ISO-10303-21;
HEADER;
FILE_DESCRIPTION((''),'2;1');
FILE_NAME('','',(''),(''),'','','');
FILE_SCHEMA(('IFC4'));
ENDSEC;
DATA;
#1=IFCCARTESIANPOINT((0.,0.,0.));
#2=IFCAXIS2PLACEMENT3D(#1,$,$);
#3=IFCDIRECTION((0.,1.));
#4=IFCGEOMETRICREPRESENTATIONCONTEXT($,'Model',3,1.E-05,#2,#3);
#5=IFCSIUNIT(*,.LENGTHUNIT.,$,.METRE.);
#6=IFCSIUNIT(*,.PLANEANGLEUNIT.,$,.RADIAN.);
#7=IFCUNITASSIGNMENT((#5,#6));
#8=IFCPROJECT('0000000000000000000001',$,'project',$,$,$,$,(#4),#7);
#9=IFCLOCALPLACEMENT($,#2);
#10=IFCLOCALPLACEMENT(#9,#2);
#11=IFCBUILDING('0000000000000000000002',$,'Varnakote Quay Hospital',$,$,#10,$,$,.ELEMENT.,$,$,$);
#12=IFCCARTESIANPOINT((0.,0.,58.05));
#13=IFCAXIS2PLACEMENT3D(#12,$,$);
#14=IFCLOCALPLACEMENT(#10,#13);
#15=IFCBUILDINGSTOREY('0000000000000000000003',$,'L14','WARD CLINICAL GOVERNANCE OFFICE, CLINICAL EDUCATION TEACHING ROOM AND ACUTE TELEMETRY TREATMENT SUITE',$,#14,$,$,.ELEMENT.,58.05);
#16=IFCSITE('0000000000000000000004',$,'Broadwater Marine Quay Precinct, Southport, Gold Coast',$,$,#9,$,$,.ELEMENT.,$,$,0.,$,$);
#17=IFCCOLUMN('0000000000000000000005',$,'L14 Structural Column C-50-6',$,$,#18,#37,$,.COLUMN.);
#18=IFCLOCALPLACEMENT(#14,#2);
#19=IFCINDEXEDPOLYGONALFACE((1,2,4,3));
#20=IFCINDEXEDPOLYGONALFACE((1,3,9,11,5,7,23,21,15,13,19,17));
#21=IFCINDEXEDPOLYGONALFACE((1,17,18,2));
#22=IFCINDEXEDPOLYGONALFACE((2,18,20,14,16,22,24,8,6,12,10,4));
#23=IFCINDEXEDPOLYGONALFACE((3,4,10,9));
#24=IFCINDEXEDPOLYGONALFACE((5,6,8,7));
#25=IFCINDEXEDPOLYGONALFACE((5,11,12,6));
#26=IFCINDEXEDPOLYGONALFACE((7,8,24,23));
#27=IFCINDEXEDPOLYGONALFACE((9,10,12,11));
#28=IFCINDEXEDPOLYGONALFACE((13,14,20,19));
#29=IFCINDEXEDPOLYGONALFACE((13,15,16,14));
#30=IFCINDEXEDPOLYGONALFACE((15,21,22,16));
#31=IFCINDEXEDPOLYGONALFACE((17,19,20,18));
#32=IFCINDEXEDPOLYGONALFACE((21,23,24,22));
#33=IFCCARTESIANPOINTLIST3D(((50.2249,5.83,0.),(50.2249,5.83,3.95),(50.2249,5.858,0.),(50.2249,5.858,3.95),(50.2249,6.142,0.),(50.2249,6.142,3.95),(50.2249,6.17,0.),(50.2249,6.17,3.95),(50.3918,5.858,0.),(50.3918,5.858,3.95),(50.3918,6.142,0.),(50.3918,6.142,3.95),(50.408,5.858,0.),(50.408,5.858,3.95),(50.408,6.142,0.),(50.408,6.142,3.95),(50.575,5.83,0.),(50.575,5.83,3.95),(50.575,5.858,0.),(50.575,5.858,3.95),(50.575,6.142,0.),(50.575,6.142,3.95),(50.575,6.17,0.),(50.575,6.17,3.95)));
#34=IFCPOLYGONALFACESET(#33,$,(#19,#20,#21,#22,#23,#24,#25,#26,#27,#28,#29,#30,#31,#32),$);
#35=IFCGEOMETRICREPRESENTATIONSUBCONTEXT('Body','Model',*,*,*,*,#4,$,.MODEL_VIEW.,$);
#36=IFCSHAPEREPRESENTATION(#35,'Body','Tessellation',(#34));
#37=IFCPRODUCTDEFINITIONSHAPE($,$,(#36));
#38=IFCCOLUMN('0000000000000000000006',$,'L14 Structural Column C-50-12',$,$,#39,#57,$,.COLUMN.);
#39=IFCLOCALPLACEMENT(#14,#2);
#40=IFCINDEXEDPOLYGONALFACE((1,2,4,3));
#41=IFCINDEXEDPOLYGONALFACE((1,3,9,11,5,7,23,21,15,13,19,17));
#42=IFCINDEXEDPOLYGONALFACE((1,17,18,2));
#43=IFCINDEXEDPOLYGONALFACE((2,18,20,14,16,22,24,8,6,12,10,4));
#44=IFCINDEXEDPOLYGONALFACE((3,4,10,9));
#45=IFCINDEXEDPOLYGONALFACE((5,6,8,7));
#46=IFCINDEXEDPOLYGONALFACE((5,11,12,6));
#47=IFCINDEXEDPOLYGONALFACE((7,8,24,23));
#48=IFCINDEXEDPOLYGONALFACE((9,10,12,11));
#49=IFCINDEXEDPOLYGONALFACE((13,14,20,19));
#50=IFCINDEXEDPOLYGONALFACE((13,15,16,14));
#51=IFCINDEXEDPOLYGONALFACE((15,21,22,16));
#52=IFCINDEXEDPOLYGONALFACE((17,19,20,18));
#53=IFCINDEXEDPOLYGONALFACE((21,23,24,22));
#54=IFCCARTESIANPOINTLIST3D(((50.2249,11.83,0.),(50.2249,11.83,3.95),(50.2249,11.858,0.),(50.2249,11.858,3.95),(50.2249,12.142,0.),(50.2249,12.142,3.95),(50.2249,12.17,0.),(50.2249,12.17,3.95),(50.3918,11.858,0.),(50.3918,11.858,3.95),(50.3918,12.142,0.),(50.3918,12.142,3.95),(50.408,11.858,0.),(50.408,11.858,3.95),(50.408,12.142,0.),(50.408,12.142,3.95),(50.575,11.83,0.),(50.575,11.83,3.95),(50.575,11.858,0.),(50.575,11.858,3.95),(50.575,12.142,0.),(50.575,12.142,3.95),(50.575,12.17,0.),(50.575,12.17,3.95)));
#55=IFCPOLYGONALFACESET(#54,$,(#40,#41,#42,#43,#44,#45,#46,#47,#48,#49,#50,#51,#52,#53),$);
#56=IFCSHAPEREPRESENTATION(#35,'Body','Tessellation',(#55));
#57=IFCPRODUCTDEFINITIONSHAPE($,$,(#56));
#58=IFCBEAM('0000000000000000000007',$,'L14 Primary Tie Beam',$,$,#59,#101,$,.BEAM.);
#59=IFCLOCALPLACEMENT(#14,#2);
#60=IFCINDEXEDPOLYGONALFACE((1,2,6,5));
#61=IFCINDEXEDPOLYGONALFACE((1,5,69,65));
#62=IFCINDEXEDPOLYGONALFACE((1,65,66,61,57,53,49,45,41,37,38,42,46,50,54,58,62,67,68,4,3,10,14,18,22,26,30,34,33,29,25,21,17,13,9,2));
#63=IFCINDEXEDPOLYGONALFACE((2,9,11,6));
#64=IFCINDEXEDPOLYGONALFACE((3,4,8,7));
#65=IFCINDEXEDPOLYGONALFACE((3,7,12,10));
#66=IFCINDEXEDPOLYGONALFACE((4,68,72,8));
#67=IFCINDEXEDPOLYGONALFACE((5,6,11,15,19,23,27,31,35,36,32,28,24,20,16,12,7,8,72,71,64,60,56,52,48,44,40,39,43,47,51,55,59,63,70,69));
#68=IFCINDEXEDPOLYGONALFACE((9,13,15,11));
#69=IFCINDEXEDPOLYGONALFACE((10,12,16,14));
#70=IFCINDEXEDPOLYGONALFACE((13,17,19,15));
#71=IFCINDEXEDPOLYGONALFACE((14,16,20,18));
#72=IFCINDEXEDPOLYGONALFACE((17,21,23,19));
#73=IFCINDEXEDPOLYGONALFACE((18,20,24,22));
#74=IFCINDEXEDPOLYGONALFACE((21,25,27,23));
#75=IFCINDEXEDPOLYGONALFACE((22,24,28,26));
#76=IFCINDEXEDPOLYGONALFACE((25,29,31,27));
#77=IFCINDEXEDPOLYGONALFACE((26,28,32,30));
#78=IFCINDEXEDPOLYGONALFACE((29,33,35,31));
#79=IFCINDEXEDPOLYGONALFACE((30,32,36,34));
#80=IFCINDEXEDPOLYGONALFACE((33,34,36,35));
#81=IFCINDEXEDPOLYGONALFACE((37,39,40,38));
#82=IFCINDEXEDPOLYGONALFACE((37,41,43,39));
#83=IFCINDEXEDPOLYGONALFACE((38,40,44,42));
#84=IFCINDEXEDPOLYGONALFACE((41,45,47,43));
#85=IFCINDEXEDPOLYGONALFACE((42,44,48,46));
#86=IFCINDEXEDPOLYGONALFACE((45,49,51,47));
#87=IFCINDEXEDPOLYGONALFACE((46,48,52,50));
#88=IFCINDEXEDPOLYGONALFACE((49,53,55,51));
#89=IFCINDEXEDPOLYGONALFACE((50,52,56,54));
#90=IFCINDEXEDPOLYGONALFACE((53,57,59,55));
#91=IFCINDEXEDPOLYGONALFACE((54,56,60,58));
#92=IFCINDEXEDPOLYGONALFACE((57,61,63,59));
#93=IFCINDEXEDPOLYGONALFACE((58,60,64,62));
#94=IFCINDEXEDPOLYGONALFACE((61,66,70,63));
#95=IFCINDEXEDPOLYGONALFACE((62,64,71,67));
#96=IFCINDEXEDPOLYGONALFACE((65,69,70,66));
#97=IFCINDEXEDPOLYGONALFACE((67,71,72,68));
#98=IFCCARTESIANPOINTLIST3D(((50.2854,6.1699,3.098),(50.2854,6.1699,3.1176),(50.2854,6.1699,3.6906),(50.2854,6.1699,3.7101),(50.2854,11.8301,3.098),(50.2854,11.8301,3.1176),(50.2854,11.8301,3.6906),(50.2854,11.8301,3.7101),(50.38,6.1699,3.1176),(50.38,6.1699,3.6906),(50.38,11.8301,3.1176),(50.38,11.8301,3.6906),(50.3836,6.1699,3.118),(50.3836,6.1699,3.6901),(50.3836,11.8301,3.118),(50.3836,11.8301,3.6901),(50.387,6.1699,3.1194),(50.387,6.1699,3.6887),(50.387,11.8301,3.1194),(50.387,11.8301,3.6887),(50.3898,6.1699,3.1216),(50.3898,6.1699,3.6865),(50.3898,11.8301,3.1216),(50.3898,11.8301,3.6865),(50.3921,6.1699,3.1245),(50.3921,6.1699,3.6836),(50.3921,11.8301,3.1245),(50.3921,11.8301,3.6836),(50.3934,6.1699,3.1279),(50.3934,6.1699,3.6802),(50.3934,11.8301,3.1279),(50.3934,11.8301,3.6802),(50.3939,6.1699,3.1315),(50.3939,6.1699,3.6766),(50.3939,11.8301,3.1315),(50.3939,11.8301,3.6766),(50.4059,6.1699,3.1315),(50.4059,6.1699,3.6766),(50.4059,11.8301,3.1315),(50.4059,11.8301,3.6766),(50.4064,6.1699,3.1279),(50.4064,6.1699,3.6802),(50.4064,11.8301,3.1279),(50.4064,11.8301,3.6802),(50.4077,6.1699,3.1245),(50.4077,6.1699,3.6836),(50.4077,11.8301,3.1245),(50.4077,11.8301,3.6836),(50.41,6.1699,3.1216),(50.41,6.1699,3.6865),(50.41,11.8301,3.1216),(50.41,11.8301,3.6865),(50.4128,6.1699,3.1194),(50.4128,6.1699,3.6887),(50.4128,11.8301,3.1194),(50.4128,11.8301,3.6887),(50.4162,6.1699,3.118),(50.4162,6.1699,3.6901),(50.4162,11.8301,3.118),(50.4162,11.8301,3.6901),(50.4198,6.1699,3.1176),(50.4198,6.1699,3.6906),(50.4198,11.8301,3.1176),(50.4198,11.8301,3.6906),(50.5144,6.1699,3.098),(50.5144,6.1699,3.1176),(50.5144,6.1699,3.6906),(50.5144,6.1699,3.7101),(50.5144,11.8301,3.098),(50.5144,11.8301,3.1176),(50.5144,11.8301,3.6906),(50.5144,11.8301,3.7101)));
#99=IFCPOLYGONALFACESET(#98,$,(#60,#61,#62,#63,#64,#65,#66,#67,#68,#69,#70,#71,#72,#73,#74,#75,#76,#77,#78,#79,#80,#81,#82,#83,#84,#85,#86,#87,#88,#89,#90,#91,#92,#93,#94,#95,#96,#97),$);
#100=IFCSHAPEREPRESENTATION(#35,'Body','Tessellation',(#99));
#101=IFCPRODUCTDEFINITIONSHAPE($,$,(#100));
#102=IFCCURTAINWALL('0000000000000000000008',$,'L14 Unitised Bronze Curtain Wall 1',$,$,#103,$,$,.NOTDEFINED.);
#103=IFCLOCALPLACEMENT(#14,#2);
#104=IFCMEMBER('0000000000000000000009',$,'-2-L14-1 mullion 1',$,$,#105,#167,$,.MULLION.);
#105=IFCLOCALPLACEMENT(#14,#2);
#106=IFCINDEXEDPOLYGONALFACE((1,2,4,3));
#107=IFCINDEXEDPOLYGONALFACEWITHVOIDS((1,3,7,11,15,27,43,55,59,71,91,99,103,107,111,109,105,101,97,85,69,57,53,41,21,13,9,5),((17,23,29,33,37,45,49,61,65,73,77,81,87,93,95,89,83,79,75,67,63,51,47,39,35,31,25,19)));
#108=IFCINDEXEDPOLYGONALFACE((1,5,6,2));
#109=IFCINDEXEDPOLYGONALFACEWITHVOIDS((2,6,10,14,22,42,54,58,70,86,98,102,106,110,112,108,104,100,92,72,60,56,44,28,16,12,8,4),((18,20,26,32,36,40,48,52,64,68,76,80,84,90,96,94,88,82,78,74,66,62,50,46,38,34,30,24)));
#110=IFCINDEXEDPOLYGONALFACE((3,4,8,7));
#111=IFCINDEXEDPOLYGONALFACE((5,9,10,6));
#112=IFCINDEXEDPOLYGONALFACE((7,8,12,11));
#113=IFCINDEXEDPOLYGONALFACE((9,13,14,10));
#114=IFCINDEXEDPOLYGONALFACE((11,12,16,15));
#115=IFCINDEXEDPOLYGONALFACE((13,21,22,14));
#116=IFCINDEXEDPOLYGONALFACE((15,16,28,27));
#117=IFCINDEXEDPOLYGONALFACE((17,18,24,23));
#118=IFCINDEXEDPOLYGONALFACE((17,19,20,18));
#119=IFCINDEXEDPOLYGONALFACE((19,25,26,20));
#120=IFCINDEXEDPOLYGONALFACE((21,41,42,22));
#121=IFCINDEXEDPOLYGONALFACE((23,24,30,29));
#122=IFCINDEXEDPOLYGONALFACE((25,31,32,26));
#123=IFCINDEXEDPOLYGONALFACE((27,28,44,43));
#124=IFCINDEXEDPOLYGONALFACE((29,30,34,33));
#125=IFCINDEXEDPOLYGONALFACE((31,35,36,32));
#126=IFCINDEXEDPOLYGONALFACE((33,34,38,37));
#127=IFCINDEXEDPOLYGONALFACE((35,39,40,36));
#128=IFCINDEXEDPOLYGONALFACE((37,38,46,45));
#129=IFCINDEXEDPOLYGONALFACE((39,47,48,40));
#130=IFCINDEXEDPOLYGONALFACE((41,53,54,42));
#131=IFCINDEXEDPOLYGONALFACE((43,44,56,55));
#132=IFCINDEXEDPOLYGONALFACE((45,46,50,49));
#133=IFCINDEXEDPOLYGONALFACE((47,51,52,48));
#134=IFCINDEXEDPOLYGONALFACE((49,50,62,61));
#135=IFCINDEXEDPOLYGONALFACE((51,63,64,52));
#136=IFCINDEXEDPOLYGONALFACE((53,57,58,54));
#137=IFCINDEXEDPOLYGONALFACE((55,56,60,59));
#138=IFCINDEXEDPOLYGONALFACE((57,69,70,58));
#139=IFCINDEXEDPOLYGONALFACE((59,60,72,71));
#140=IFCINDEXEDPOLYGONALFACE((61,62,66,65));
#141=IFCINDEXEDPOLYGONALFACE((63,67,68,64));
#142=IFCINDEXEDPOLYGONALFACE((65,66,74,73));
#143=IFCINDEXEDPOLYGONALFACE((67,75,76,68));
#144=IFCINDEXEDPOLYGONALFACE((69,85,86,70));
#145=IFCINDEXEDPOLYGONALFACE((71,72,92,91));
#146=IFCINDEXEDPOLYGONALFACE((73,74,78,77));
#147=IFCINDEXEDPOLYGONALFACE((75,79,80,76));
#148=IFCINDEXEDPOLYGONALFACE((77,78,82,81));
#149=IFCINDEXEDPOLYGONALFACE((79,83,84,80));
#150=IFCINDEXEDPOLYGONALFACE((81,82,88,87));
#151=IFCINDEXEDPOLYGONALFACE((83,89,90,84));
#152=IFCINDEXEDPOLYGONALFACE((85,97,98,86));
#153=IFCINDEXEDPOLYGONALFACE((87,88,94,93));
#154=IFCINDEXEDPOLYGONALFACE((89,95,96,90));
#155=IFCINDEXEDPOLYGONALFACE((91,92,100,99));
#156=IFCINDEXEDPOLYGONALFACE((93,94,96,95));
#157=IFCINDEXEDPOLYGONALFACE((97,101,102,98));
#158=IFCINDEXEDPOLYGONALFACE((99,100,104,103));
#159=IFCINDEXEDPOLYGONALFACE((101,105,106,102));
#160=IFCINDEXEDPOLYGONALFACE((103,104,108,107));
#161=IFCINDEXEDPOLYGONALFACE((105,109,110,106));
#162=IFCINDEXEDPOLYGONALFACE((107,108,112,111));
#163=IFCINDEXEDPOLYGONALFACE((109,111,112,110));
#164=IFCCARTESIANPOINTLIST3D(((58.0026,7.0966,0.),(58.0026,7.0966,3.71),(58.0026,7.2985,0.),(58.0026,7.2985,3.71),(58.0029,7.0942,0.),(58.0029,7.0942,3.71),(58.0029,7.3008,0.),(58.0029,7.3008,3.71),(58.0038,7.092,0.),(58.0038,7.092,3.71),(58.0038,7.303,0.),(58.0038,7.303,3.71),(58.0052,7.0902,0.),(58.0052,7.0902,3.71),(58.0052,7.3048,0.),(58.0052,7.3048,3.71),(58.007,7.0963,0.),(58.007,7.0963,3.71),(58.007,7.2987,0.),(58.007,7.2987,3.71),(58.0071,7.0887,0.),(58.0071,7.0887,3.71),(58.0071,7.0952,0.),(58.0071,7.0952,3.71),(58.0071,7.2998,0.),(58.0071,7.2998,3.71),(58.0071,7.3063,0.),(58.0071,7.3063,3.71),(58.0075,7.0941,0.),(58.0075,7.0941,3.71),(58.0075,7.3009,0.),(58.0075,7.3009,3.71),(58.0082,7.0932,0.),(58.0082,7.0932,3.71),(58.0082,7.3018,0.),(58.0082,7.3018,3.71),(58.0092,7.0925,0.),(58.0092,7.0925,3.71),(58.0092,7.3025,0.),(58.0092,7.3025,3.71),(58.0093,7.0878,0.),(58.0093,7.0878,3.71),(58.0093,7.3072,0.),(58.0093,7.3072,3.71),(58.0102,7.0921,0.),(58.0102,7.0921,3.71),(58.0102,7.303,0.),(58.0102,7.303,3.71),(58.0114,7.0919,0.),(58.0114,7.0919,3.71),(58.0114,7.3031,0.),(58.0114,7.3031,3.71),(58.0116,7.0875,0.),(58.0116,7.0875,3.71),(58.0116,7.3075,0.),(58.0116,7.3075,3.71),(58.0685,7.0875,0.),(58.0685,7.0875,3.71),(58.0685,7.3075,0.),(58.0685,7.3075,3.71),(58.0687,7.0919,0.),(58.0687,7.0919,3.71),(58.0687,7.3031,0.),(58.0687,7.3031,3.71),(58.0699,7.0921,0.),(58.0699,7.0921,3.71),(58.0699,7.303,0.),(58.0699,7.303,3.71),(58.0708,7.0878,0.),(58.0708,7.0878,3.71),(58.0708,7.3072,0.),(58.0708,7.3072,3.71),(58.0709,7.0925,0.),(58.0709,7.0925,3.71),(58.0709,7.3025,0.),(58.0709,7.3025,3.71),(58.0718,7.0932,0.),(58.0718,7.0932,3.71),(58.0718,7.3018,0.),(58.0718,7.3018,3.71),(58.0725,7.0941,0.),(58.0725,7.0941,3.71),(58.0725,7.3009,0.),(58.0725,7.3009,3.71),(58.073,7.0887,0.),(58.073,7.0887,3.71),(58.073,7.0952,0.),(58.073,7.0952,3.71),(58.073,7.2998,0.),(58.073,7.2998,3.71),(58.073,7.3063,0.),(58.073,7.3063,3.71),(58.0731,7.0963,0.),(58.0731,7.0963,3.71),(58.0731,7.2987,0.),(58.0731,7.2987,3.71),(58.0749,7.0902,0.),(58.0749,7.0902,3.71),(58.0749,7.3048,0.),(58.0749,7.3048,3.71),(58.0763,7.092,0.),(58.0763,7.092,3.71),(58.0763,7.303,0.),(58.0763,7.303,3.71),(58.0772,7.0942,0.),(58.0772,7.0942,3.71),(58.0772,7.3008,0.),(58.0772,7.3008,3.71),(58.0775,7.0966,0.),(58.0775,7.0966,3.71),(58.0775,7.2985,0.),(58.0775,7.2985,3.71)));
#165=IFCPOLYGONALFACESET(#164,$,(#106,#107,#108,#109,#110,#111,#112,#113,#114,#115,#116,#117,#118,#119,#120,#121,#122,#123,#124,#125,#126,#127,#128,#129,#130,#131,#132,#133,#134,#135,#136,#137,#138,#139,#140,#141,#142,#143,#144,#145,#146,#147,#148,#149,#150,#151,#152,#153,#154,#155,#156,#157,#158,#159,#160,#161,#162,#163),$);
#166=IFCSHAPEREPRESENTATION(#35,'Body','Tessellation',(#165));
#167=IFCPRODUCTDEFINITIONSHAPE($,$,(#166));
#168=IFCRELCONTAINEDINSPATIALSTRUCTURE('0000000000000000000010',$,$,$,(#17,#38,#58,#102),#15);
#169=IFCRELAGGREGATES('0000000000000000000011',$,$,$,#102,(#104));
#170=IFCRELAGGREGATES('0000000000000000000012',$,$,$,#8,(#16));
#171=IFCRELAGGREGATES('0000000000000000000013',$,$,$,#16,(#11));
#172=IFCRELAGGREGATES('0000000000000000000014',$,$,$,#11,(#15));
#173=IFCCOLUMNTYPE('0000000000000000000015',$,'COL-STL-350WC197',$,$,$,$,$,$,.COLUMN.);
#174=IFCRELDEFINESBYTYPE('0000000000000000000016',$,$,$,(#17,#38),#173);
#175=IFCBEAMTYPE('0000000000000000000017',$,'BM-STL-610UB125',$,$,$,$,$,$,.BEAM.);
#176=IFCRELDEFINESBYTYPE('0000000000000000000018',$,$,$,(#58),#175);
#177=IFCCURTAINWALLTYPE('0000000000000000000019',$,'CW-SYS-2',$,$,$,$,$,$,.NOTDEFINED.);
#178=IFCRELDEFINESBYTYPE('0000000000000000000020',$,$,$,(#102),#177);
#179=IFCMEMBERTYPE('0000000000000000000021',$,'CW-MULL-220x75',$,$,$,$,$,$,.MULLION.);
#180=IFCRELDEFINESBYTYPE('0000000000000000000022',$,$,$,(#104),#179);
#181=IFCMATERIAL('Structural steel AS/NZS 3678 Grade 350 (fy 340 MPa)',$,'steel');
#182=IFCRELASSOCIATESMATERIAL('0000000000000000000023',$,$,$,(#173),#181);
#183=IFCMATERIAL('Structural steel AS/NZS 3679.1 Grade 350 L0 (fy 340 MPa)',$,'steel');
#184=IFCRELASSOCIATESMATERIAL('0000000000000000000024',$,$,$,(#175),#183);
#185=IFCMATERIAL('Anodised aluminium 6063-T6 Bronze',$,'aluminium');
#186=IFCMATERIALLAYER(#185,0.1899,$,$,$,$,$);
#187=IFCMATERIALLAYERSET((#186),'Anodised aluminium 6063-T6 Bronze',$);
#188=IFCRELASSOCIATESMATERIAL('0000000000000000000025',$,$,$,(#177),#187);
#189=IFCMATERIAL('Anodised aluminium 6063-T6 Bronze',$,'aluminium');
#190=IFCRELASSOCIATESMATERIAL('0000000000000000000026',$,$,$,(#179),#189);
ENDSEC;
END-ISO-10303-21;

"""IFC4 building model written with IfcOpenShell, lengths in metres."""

from ifc_helpers import new_model, si_unit, direction, frame, origin, origin_2d, place, context, subcontext, project, spatial, hollow_rectangle, i_section, extrude, material, layer, layer_set, material_profile, profile_set, type_object, element, aggregate, save


model = new_model("IFC4")

# Units and contexts
model_context = context("Model", 3, precision=1e-05, world=origin(), true_north=direction((0.0, 1.0)))
body_context = subcontext(model_context, "Body", "Model", "MODEL_VIEW")
ifc_project = project(units=[si_unit("LENGTHUNIT", "METRE"), si_unit("PLANEANGLEUNIT", "RADIAN")], contexts=[model_context])

# Site, building, storey
site_placement = place(None, origin())
site = spatial("IfcSite", under=ifc_project, at=site_placement, Name="Broadwater Marine Quay Precinct, Southport, Gold Coast", CompositionType="ELEMENT", RefElevation=0.0)
building_placement = place(site_placement, origin())
building = spatial("IfcBuilding", under=site, at=building_placement, Name="Varnakote Quay Hospital", CompositionType="ELEMENT")
storey_placement = place(building_placement, frame((0.0, 0.0, 58.05)))
storey = spatial("IfcBuildingStorey", under=building, at=storey_placement, Name="L14", Description="WARD CLINICAL GOVERNANCE OFFICE, CLINICAL EDUCATION TEACHING ROOM AND ACUTE TELEMETRY TREATMENT SUITE", CompositionType="ELEMENT", Elevation=58.05)

# Columns
ifc_material_1 = material(Name="Structural steel AS/NZS 3678 Grade 350 (fy 340 MPa)", Category="steel")
ifc_material_profile_1 = material_profile(ifc_material_1, i_section(OverallWidth=0.3501, OverallDepth=0.3401, WebThickness=0.0161, FlangeThickness=0.0281, at=origin_2d()), Name="350WC197")
ifc_profile_set_1 = profile_set([ifc_material_profile_1], Name="Structural steel AS/NZS 3678 Grade 350 (fy 340 MPa)")
column_type = type_object("IfcColumnType", Name="COL-STL-350WC197", PredefinedType="COLUMN", material=ifc_profile_set_1)
for number, where, z_axis, x_axis, name in (
    (1, (50.3999, 6.0, 0.0), (0.0, 0.0, 1.0), (1.0, 0.0, 0.0), "L14 Structural Column C-50-6"),
    (2, (50.3999, 12.0, 0.0), (0.0, 0.0, 1.0), (1.0, 0.0, 0.0), "L14 Structural Column C-50-12"),
):
    element("IfcColumn", number, at=place(storey_placement, frame(where, z_axis=z_axis, x_axis=x_axis)), inside=storey, type_object=column_type, Name=name, PredefinedType="COLUMN", context=body_context, shape_type="SweptSolid", body=[
        extrude(i_section(OverallWidth=0.3501, OverallDepth=0.3401, WebThickness=0.0161, FlangeThickness=0.0281, at=origin_2d()), origin(), (0.0, 0.0, 1.0), 3.95),
    ])

# Beam
ifc_material_2 = material(Name="Structural steel AS/NZS 3679.1 Grade 350 L0 (fy 340 MPa)", Category="steel")
ifc_material_profile_2 = material_profile(ifc_material_2, i_section(OverallWidth=0.229, OverallDepth=0.6121, WebThickness=0.012, FlangeThickness=0.0195, FilletRadius=0.0139, at=origin_2d()), Name="610UB125")
ifc_profile_set_2 = profile_set([ifc_material_profile_2], Name="Structural steel AS/NZS 3679.1 Grade 350 L0 (fy 340 MPa)")
beam_type = type_object("IfcBeamType", Name="BM-STL-610UB125", PredefinedType="BEAM", material=ifc_profile_set_2)
beam_placement = place(storey_placement, frame((50.3999, 6.1699, 3.4041), z_axis=(0.0, 1.0, 0.0), x_axis=(-1.0, 0.0, 0.0)))
element("IfcBeam", 3, at=beam_placement, inside=storey, type_object=beam_type, Name="L14 Primary Tie Beam", PredefinedType="BEAM", context=body_context, shape_type="SweptSolid", body=[
    extrude(i_section(OverallWidth=0.229, OverallDepth=0.6121, WebThickness=0.012, FlangeThickness=0.0195, FilletRadius=0.0139, at=origin_2d()), origin(), (0.0, 0.0, 1.0), 5.6602),
])

# Curtain wall, member
ifc_material_3 = material(Name="Anodised aluminium 6063-T6 Bronze", Category="aluminium")
ifc_layer_1 = layer(ifc_material_3, 0.1899)
ifc_layer_set_1 = layer_set([ifc_layer_1], Name="Anodised aluminium 6063-T6 Bronze")
curtain_wall_type = type_object("IfcCurtainWallType", Name="CW-SYS-2", PredefinedType="NOTDEFINED", material=ifc_layer_set_1)
curtain_wall_placement = place(storey_placement, origin())
curtain_wall = element("IfcCurtainWall", 4, at=curtain_wall_placement, inside=storey, type_object=curtain_wall_type, Name="L14 Unitised Bronze Curtain Wall 1", PredefinedType="NOTDEFINED")
ifc_material_4 = material(Name="Anodised aluminium 6063-T6 Bronze", Category="aluminium")
ifc_material_profile_3 = material_profile(ifc_material_4, hollow_rectangle(XDim=0.075, YDim=0.22, WallThickness=0.0044, InnerFilletRadius=0.0044, OuterFilletRadius=0.009, at=origin_2d()), Name="CW-MULL-220x75")
ifc_profile_set_3 = profile_set([ifc_material_profile_3], Name="Anodised aluminium 6063-T6 Bronze")
member_type_1 = type_object("IfcMemberType", Name="CW-MULL-220x75", PredefinedType="MULLION", material=ifc_profile_set_3)
member_1_placement = place(storey_placement, frame((58.04, 7.1975, 0.0), z_axis=(0.0, 0.0, 1.0), x_axis=(-1.0, 0.0, 0.0)))
member_1 = element("IfcMember", 5, at=member_1_placement, type_object=member_type_1, Name="-2-L14-1 mullion 1", PredefinedType="MULLION", context=body_context, shape_type="SweptSolid", body=[
    extrude(hollow_rectangle(XDim=0.075, YDim=0.22, WallThickness=0.0044, InnerFilletRadius=0.0044, OuterFilletRadius=0.009, at=origin_2d()), origin(), (0.0, 0.0, 1.0), 3.71),
])
aggregate(curtain_wall, [member_1])

save(model, "model.ifc")
